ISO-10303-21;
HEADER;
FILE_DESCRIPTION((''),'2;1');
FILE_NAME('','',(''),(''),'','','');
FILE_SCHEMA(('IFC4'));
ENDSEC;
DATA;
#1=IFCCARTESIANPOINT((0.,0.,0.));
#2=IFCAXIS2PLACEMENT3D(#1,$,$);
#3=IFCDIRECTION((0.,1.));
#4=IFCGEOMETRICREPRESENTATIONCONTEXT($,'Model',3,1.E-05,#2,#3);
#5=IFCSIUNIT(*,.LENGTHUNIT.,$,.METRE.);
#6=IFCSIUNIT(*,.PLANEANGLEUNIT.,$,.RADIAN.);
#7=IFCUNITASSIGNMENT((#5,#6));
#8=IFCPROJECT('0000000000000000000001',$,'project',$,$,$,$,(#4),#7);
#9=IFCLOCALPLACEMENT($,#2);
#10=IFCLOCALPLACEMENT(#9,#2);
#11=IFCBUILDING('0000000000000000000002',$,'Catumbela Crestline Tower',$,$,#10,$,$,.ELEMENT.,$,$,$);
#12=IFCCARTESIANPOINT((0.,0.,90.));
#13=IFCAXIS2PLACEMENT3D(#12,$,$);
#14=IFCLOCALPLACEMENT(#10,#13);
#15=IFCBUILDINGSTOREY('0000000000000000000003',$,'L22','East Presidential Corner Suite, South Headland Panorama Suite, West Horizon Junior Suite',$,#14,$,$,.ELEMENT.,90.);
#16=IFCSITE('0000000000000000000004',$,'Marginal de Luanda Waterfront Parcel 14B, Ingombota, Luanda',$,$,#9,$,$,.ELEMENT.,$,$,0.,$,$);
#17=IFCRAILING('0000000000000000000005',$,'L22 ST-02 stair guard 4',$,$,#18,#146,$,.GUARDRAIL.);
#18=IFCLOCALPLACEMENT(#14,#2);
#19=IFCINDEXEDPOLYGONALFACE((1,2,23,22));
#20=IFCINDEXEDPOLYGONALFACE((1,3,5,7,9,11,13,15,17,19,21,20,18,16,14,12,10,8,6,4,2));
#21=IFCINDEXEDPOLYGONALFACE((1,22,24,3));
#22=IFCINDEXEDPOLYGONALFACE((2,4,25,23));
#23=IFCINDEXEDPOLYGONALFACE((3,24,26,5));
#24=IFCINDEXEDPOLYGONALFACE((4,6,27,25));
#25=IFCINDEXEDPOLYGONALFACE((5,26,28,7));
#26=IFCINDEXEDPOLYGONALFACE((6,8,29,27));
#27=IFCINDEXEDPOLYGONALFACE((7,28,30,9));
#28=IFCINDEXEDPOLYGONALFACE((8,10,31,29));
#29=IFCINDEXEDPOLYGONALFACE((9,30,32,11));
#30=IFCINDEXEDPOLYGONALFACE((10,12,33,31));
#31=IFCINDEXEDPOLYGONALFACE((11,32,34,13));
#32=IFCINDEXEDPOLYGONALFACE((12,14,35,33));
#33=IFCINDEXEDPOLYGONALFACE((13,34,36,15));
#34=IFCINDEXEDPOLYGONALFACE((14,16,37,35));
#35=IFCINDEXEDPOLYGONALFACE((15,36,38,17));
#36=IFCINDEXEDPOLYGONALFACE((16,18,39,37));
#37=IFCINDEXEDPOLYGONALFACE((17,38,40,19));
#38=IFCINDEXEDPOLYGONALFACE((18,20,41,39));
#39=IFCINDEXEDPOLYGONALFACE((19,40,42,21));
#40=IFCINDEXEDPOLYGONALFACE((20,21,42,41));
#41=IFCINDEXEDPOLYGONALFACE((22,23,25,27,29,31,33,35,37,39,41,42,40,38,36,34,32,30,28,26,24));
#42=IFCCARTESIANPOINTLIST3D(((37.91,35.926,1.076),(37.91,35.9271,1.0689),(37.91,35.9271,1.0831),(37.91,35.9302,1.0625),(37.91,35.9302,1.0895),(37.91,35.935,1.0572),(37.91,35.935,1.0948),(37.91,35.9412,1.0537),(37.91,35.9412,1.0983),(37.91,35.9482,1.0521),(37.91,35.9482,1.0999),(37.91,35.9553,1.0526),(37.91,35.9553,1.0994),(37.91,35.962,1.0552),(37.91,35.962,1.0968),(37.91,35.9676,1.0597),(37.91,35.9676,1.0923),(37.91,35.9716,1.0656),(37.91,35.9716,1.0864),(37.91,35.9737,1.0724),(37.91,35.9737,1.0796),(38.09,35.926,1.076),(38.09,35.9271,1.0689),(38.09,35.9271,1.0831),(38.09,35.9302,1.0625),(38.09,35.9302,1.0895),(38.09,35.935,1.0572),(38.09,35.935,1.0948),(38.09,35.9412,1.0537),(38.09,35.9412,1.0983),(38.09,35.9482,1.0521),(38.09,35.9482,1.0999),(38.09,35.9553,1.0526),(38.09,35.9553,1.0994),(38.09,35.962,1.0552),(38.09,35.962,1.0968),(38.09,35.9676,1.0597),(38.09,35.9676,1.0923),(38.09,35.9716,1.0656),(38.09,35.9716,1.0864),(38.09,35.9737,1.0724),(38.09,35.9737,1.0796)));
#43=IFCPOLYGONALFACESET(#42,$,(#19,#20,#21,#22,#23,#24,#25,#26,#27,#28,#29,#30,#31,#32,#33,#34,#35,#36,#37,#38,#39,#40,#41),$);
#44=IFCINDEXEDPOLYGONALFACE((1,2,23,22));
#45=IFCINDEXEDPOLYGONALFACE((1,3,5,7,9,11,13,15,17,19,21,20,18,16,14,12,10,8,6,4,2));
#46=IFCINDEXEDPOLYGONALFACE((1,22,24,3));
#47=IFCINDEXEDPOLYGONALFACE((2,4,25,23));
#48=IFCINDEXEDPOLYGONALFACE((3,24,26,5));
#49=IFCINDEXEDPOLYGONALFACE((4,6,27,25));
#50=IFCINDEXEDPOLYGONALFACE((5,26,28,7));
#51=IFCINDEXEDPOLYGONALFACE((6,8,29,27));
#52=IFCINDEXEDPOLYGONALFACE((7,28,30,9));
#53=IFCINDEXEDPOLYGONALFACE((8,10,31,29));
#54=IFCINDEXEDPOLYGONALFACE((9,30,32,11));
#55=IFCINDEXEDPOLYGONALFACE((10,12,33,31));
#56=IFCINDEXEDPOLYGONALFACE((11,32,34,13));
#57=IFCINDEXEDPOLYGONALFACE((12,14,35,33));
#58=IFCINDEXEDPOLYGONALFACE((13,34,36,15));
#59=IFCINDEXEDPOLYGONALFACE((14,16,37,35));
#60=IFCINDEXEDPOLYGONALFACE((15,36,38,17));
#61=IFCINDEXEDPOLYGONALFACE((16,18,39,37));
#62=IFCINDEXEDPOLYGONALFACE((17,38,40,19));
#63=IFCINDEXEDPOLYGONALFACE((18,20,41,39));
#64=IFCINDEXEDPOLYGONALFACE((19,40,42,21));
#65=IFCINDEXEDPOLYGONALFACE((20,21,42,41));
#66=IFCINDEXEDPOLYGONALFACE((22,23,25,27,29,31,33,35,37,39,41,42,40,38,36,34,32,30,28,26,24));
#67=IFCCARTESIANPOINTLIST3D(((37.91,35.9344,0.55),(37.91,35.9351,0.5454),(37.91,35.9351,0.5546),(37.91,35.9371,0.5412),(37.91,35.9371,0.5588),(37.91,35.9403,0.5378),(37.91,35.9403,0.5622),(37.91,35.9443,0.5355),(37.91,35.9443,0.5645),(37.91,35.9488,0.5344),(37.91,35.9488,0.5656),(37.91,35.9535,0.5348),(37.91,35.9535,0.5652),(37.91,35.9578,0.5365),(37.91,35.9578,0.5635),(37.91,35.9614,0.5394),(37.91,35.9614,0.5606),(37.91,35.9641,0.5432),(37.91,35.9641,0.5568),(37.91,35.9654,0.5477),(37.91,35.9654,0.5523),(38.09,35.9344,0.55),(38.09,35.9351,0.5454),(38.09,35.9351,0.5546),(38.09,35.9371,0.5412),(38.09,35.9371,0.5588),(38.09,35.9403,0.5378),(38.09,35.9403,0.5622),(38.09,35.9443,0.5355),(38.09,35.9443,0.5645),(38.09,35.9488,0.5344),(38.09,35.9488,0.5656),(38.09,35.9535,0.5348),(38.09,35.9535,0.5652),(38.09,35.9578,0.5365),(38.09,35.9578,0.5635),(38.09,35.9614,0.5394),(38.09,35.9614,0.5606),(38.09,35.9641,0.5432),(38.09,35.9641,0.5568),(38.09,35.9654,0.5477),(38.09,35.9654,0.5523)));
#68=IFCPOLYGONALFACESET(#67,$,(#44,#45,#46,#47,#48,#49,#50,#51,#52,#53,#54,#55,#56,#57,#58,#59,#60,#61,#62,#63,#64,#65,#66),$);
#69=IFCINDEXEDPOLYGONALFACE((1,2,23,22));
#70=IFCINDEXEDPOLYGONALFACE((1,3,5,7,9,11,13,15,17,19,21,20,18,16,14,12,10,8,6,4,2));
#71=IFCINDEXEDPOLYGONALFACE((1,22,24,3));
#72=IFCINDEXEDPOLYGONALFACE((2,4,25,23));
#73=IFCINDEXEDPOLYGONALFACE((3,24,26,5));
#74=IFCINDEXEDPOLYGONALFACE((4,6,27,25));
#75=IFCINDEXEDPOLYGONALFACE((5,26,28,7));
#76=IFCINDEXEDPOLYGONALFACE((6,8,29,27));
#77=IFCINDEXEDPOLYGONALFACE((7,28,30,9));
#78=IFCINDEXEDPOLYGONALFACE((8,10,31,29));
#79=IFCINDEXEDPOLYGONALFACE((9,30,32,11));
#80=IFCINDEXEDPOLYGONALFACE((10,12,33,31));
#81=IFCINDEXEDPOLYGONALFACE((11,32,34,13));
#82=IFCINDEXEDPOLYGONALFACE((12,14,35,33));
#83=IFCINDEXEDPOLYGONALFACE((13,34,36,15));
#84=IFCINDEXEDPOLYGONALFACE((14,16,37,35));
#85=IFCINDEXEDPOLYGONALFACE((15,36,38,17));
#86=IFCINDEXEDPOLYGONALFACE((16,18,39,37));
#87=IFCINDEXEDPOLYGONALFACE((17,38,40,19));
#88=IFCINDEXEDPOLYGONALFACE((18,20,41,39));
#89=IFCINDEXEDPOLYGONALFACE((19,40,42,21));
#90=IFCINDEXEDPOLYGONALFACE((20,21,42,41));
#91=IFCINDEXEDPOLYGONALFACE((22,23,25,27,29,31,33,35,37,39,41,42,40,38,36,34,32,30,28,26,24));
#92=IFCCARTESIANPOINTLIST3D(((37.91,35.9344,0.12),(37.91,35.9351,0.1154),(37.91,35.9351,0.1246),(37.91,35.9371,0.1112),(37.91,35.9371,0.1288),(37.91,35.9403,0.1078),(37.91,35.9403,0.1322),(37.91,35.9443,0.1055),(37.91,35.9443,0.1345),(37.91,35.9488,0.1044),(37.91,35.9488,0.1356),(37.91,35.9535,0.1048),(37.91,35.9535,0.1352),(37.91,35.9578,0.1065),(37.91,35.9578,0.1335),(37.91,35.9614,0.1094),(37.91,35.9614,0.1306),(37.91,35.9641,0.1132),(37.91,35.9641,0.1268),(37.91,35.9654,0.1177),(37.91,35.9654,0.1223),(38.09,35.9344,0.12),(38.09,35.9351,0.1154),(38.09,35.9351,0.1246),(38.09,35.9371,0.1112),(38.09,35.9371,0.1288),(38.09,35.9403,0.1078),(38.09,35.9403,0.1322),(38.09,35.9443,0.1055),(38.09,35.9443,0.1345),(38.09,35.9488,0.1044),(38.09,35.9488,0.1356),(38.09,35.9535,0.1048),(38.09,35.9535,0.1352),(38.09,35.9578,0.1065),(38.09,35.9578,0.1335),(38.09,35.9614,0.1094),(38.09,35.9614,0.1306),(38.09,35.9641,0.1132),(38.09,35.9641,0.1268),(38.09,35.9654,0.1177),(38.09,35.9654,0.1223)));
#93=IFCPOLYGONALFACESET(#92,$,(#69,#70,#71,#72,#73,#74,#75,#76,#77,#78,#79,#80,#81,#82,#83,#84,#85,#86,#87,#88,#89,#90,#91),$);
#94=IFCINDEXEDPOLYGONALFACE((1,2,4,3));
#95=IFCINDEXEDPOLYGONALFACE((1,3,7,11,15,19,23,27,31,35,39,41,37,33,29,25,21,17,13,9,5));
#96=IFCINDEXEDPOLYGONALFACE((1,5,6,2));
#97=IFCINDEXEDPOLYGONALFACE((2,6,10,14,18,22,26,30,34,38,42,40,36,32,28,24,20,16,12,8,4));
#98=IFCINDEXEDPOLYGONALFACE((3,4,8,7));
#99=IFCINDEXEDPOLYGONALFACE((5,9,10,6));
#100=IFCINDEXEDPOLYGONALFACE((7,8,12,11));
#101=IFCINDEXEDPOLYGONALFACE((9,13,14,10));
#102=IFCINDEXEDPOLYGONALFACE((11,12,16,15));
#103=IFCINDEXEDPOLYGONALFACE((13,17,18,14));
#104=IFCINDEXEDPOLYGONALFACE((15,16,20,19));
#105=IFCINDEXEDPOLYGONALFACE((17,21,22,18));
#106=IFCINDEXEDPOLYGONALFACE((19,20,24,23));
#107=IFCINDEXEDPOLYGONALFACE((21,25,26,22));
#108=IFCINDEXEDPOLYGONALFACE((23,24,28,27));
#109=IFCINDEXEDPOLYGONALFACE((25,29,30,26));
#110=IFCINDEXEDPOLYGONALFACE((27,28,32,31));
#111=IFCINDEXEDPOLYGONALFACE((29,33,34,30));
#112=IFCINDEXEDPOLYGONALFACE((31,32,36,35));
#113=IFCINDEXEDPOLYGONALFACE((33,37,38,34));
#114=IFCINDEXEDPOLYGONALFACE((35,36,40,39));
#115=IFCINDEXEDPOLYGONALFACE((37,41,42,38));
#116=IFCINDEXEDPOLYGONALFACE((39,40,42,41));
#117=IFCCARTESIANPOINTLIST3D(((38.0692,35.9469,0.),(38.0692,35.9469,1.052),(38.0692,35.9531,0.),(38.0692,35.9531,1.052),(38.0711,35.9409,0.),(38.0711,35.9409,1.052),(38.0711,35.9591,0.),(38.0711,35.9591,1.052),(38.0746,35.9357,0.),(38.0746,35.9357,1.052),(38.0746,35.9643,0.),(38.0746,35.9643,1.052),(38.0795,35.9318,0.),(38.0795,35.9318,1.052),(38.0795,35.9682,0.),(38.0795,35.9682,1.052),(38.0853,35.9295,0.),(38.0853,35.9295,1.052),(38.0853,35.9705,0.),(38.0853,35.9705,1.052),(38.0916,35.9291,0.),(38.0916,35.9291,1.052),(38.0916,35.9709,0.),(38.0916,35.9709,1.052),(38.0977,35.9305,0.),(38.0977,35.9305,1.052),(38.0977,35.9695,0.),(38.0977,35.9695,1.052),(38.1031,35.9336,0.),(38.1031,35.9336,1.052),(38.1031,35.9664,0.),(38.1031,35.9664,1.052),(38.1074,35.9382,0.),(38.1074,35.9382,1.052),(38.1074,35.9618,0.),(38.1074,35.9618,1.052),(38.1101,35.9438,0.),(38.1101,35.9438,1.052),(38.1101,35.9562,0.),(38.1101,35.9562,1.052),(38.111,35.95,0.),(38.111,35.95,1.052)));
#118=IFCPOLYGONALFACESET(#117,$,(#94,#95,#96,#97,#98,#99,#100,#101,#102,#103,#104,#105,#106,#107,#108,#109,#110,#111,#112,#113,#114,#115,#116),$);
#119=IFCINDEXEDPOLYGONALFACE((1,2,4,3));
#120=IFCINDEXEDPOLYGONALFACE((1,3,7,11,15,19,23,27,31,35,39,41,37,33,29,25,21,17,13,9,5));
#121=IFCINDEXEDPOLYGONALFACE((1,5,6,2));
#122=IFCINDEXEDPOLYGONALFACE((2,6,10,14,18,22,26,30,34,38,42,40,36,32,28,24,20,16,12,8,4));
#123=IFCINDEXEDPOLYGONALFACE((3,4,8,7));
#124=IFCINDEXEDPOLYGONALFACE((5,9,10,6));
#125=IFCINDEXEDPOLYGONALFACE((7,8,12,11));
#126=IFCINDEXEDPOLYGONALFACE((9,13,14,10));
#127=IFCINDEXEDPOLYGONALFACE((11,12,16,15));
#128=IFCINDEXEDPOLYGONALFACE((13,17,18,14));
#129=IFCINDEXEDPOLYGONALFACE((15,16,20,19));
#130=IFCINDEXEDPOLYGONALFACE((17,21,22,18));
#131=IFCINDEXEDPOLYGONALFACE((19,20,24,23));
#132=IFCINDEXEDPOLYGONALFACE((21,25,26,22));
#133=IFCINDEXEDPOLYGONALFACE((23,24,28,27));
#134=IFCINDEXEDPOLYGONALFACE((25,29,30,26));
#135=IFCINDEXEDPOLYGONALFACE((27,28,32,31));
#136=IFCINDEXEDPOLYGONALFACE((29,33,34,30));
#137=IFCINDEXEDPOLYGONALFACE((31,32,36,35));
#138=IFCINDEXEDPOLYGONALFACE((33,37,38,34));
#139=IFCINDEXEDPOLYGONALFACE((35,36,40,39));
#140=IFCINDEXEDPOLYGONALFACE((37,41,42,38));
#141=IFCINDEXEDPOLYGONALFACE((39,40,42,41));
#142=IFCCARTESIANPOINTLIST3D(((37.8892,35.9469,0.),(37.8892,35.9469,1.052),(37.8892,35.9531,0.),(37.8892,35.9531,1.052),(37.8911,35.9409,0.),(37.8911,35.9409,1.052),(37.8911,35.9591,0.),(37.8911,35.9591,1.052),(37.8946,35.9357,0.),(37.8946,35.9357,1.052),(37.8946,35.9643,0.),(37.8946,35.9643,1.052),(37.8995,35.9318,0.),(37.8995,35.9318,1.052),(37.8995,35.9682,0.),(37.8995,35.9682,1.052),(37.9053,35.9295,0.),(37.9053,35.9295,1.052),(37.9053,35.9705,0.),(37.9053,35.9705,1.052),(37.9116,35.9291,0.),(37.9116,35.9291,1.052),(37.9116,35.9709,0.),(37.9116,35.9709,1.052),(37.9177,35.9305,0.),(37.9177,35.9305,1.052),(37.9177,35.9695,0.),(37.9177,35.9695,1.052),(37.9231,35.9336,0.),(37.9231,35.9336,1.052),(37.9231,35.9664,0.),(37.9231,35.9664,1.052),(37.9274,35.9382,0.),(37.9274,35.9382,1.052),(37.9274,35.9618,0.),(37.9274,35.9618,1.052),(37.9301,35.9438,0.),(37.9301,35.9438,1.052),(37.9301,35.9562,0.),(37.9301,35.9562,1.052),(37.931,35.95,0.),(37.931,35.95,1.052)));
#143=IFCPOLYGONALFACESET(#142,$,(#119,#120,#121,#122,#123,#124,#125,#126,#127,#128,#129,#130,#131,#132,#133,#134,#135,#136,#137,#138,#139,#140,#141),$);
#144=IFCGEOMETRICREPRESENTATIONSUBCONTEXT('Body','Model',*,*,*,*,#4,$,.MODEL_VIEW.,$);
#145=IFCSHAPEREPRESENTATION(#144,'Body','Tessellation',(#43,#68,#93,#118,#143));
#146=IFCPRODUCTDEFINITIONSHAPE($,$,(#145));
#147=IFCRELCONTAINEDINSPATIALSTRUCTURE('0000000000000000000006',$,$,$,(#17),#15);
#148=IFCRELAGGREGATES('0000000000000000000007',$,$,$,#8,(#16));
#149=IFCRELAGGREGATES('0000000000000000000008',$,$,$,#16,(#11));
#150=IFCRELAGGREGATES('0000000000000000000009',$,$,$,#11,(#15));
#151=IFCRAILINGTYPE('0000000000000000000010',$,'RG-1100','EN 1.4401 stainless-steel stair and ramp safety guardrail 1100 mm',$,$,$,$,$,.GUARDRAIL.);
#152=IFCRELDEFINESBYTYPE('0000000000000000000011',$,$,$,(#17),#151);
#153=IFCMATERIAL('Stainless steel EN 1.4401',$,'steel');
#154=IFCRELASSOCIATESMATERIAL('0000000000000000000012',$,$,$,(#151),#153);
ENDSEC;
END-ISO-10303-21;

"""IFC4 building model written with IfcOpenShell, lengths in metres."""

from ifc_helpers import new_model, si_unit, direction, frame, origin, origin_2d, place, context, subcontext, project, spatial, circle, extrude, material, type_object, element, save


model = new_model("IFC4")

# Units and contexts
model_context = context("Model", 3, precision=1e-05, world=origin(), true_north=direction((0.0, 1.0)))
body_context = subcontext(model_context, "Body", "Model", "MODEL_VIEW")
ifc_project = project(units=[si_unit("LENGTHUNIT", "METRE"), si_unit("PLANEANGLEUNIT", "RADIAN")], contexts=[model_context])

# Site, building, storey
site_placement = place(None, origin())
site = spatial("IfcSite", under=ifc_project, at=site_placement, Name="Marginal de Luanda Waterfront Parcel 14B, Ingombota, Luanda", CompositionType="ELEMENT", RefElevation=0.0)
building_placement = place(site_placement, origin())
building = spatial("IfcBuilding", under=site, at=building_placement, Name="Catumbela Crestline Tower", CompositionType="ELEMENT")
storey_placement = place(building_placement, frame((0.0, 0.0, 90.0)))
storey = spatial("IfcBuildingStorey", under=building, at=storey_placement, Name="L22", Description="East Presidential Corner Suite, South Headland Panorama Suite, West Horizon Junior Suite", CompositionType="ELEMENT", Elevation=90.0)

# Shared definitions
ifc_material_1 = material(Name="Stainless steel EN 1.4401", Category="steel")

# Railing
railing_type_1 = type_object("IfcRailingType", Name="RG-1100", Description="EN 1.4401 stainless-steel stair and ramp safety guardrail 1100 mm", PredefinedType="GUARDRAIL", material=ifc_material_1)
railing_1_placement = place(storey_placement, frame((38.09, 35.95, 0.0)))
element("IfcRailing", 1, at=railing_1_placement, inside=storey, type_object=railing_type_1, Name="L22 ST-02 stair guard 4", PredefinedType="GUARDRAIL", context=body_context, shape_type="SweptSolid", body=[
    extrude(circle(Radius=0.024, at=origin_2d()), frame((0.0, 0.0, 1.076), z_axis=(-1.0, 0.0, 0.0), x_axis=(0.0, -1.0, 0.0)), (0.0, 0.0, 1.0), 0.18),
    extrude(circle(Radius=0.0156, at=origin_2d()), frame((0.0, 0.0, 0.55), z_axis=(-1.0, 0.0, 0.0), x_axis=(0.0, -1.0, 0.0)), (0.0, 0.0, 1.0), 0.18),
    extrude(circle(Radius=0.0156, at=origin_2d()), frame((0.0, 0.0, 0.12), z_axis=(-1.0, 0.0, 0.0), x_axis=(0.0, -1.0, 0.0)), (0.0, 0.0, 1.0), 0.18),
    extrude(circle(Radius=0.021, at=origin_2d()), origin(), (0.0, 0.0, 1.0), 1.052),
    extrude(circle(Radius=0.021, at=origin_2d()), frame((-0.18, 0.0, 0.0)), (0.0, 0.0, 1.0), 1.052),
])

save(model, "model.ifc")
